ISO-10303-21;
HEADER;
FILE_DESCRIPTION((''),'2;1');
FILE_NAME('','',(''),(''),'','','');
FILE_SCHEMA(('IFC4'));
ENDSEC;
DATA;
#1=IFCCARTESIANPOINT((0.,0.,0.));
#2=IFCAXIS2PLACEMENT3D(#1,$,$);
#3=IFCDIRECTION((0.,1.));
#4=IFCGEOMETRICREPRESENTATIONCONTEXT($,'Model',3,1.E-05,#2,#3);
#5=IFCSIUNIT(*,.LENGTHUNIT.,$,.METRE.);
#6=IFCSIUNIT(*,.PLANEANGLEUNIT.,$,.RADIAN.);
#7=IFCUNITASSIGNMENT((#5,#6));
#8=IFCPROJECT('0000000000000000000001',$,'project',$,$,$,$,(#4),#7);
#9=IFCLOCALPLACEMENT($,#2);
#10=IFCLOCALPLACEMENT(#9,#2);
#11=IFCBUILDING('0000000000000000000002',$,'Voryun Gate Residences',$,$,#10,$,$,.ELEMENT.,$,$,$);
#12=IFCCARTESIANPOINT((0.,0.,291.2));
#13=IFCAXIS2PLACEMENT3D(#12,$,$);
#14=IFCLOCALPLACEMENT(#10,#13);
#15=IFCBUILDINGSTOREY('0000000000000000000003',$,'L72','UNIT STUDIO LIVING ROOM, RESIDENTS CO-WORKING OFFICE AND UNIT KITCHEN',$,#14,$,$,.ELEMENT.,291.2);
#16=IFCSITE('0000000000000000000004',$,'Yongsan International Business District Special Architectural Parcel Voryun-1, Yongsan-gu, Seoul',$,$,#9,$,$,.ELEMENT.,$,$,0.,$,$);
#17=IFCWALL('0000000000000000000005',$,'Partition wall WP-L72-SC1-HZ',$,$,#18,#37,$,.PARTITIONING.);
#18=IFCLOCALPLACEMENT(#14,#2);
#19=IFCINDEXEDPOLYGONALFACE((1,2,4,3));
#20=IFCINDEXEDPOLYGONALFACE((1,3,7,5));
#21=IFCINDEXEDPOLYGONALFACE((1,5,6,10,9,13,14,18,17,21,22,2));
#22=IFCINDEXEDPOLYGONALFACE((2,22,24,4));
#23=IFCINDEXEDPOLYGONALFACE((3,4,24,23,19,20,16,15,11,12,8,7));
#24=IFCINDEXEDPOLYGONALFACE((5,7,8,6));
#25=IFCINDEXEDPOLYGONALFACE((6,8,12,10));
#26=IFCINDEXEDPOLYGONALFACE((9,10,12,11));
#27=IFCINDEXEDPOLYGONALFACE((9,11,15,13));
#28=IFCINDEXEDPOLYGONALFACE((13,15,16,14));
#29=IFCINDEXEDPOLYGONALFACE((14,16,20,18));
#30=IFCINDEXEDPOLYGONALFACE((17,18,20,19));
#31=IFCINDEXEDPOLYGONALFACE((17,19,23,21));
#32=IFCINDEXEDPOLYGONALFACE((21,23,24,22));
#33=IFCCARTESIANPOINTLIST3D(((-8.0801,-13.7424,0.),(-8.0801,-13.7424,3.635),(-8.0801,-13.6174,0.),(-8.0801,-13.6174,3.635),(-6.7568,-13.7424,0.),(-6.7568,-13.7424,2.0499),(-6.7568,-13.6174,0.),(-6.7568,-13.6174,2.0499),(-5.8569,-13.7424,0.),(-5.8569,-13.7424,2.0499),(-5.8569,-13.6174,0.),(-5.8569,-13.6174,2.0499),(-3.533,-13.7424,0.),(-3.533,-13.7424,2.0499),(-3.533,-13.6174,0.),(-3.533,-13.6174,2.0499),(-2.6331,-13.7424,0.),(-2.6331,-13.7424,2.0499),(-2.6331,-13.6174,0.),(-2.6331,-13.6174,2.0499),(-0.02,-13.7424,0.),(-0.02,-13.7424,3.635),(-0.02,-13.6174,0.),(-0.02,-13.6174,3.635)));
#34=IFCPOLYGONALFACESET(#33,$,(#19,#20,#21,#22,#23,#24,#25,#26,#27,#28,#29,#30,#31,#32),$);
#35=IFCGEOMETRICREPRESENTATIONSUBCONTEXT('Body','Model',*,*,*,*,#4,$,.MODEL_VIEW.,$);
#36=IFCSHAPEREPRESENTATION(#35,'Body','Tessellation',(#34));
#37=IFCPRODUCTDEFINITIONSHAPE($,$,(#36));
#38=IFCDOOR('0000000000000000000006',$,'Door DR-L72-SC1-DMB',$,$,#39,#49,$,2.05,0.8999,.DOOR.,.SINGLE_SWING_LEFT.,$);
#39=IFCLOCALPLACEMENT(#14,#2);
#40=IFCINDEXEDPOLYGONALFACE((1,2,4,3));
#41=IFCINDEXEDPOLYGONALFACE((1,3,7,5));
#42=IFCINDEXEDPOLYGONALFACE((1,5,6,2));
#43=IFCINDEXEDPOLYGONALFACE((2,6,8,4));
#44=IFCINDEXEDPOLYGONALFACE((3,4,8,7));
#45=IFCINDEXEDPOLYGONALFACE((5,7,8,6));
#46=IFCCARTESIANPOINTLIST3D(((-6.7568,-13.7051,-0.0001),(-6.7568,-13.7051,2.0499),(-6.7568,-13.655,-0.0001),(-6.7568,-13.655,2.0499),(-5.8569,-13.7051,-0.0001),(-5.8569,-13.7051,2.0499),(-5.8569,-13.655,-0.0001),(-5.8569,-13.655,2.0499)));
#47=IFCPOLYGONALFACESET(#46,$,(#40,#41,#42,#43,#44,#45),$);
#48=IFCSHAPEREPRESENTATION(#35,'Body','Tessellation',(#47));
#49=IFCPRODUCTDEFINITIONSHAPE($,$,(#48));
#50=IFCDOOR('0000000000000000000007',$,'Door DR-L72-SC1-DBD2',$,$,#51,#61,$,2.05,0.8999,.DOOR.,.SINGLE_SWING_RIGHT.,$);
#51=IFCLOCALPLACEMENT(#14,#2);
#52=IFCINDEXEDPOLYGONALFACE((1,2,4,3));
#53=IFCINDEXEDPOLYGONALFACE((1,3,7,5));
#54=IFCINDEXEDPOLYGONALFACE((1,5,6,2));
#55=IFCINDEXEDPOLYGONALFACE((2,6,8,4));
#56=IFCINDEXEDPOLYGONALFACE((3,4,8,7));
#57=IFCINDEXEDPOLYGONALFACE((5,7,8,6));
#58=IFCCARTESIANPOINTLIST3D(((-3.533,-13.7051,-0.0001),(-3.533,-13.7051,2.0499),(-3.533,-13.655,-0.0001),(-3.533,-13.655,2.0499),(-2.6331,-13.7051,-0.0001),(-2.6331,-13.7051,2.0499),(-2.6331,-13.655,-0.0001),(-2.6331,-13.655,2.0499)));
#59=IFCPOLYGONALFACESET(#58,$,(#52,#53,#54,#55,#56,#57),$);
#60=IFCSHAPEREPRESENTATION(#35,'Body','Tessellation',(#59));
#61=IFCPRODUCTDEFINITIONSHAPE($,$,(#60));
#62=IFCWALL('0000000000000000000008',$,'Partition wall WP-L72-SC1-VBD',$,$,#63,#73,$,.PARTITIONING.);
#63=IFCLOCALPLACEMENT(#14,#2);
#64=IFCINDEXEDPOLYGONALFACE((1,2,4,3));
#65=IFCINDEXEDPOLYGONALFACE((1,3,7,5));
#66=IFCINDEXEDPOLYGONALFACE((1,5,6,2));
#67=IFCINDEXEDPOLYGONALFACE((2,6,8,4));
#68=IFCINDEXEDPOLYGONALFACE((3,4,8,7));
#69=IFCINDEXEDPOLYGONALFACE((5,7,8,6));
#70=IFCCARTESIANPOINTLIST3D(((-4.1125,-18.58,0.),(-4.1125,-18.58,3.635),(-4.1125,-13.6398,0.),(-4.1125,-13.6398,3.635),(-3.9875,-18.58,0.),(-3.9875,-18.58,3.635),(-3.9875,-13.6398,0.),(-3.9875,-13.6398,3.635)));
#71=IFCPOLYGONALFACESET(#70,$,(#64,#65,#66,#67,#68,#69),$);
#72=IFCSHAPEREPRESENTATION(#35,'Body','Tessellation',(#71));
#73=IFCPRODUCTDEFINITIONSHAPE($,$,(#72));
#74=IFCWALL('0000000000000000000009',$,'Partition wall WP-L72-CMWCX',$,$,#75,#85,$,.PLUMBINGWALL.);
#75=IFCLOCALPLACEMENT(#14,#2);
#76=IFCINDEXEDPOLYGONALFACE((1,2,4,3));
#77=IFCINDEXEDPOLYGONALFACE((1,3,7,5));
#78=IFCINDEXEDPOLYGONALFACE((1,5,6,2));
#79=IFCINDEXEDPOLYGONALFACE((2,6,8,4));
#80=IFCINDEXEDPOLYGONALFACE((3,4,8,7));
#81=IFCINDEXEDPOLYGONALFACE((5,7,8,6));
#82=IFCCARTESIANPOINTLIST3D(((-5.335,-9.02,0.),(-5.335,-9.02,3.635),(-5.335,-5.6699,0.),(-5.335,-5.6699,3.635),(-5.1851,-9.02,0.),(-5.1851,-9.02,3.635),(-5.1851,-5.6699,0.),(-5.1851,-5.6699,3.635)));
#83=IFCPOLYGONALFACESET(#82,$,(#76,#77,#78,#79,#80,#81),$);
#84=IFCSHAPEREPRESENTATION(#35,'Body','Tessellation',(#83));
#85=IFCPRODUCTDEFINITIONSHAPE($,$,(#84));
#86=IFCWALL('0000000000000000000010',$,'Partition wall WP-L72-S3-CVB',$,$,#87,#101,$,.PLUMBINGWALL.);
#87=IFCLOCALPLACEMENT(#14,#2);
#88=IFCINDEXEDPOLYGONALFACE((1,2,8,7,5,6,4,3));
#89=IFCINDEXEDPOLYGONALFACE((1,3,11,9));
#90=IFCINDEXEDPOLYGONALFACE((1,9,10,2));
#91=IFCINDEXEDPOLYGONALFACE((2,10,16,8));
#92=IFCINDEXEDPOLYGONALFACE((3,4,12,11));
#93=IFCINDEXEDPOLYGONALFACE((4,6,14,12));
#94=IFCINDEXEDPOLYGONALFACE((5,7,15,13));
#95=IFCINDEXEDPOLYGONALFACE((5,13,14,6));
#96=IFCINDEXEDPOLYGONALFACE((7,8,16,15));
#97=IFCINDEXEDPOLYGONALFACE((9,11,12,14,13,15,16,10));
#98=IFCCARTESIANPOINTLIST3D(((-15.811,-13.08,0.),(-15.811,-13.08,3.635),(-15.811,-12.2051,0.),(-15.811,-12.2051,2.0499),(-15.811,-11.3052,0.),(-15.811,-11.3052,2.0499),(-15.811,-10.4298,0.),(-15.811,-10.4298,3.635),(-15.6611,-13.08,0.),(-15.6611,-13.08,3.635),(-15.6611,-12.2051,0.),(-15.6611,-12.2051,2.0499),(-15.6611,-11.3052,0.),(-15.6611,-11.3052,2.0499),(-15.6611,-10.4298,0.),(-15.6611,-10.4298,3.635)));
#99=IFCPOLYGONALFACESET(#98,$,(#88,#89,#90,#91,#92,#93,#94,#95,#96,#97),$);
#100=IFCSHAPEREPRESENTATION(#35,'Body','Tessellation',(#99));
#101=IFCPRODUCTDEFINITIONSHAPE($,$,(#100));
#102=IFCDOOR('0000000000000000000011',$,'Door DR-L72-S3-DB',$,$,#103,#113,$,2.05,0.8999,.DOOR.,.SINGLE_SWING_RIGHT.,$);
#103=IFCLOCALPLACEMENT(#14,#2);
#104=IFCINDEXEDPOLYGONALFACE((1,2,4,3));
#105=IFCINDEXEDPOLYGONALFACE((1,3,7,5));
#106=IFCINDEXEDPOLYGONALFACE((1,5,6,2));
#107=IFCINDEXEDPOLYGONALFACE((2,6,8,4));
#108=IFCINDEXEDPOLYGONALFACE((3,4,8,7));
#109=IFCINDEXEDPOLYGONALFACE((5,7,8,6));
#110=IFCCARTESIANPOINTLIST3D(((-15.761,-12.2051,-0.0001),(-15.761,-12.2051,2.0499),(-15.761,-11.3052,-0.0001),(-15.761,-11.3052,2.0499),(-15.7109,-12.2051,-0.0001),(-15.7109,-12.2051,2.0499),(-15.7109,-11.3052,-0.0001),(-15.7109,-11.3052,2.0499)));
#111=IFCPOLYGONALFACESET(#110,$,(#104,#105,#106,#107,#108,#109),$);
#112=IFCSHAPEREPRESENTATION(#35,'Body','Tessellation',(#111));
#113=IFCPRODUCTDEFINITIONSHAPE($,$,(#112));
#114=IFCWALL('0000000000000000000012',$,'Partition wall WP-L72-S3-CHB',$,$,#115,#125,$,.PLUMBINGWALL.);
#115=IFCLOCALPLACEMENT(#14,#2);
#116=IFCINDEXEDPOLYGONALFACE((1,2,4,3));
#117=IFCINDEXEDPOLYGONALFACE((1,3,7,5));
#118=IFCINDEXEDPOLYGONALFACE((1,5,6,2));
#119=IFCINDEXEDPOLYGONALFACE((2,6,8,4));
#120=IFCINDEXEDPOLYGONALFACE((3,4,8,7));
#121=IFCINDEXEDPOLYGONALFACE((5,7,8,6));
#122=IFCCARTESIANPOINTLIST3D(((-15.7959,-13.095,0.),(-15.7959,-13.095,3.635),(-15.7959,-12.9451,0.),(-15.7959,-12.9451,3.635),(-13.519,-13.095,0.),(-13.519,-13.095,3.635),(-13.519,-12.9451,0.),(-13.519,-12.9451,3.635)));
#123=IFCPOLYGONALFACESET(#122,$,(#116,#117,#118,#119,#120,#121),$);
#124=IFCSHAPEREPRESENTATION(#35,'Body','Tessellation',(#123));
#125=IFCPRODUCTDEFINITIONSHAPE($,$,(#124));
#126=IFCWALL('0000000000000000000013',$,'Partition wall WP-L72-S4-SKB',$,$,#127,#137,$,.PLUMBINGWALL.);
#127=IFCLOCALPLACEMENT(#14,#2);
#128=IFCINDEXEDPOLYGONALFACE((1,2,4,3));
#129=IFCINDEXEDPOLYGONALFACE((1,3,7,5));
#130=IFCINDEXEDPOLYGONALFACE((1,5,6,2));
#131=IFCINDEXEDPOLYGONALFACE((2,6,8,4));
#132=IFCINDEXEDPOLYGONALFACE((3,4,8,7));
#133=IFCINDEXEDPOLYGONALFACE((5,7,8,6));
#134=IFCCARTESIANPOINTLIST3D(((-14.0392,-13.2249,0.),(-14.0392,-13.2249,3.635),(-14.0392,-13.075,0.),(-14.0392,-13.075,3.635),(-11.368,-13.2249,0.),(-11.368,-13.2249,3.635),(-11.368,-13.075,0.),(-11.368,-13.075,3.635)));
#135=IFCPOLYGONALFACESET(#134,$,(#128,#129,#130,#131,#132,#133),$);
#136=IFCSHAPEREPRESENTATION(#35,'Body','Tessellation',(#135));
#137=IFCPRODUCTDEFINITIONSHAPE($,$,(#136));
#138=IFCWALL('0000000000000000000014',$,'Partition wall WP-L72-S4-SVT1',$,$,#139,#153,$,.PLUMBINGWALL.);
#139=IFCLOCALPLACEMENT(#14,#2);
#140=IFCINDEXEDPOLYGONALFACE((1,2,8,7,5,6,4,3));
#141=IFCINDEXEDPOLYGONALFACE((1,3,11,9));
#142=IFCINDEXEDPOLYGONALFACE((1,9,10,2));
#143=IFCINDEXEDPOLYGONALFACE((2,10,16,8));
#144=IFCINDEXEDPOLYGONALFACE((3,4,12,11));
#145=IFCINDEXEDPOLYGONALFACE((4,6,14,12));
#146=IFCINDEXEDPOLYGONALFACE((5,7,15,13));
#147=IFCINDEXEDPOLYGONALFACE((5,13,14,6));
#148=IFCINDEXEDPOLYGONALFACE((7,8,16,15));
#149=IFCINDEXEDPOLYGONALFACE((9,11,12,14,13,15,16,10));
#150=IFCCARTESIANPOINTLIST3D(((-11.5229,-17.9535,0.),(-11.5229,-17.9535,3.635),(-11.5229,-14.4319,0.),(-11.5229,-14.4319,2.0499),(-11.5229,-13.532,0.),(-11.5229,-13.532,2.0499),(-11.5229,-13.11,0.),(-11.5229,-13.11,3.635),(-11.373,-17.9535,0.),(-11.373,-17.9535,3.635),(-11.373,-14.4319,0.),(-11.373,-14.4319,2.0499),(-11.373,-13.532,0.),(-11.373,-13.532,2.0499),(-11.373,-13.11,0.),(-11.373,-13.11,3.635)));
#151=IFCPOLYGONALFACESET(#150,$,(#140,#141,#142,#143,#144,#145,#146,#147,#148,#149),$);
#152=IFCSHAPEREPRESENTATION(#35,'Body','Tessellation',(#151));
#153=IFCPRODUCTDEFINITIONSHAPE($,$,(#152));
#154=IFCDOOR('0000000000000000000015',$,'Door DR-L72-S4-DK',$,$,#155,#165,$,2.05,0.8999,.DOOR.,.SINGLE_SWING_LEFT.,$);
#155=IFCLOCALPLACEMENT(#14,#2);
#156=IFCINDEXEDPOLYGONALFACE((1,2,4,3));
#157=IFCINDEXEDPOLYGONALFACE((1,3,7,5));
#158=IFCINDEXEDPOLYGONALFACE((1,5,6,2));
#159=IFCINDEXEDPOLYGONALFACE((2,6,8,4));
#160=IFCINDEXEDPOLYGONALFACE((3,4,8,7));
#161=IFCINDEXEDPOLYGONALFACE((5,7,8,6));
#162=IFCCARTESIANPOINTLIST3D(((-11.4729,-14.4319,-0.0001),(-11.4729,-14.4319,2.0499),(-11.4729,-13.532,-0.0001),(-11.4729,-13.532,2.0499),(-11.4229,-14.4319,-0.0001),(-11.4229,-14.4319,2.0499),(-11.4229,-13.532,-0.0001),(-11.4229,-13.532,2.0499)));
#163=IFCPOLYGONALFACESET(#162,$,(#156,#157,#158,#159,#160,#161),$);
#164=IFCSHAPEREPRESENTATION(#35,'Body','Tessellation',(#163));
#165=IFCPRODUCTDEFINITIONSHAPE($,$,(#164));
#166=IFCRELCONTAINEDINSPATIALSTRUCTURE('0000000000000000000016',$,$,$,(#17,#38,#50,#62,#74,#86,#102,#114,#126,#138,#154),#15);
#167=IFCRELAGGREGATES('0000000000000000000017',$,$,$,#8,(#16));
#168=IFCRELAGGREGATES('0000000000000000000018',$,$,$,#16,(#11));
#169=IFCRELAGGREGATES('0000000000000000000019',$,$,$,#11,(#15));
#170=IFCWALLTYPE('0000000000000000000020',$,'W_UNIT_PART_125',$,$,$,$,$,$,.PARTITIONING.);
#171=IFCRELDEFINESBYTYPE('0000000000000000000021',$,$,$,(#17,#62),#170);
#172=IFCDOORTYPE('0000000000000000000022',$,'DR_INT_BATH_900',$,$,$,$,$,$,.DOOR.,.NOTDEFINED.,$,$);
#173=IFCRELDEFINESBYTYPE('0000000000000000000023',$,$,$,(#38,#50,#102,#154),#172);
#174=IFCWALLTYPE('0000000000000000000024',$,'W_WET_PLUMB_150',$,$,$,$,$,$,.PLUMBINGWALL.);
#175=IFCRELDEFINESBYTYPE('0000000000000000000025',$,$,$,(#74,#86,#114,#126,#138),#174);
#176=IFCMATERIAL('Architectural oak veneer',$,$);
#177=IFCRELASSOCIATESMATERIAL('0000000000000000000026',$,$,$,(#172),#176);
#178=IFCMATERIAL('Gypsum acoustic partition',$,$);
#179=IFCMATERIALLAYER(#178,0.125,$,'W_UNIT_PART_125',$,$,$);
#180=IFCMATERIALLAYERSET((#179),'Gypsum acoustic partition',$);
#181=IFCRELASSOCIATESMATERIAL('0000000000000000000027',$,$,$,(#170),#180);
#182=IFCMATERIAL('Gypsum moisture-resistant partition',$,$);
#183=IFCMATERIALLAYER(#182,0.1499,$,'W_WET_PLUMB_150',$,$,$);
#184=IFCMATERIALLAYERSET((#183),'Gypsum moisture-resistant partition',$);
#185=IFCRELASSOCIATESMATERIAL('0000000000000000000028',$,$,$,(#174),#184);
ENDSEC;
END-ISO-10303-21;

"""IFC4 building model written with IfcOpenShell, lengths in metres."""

from ifc_helpers import new_model, si_unit, direction, frame, frame_2d, origin, place, context, subcontext, project, spatial, rectangle, extrude, material, layer, layer_set, type_object, element, fill, save


model = new_model("IFC4")

# Units and contexts
model_context = context("Model", 3, precision=1e-05, world=origin(), true_north=direction((0.0, 1.0)))
body_context = subcontext(model_context, "Body", "Model", "MODEL_VIEW")
ifc_project = project(units=[si_unit("LENGTHUNIT", "METRE"), si_unit("PLANEANGLEUNIT", "RADIAN")], contexts=[model_context])

# Site, building, storey
site_placement = place(None, origin())
site = spatial("IfcSite", under=ifc_project, at=site_placement, Name="Yongsan International Business District Special Architectural Parcel Voryun-1, Yongsan-gu, Seoul", CompositionType="ELEMENT", RefElevation=0.0)
building_placement = place(site_placement, origin())
building = spatial("IfcBuilding", under=site, at=building_placement, Name="Voryun Gate Residences", CompositionType="ELEMENT")
storey_placement = place(building_placement, frame((0.0, 0.0, 291.2)))
storey = spatial("IfcBuildingStorey", under=building, at=storey_placement, Name="L72", Description="UNIT STUDIO LIVING ROOM, RESIDENTS CO-WORKING OFFICE AND UNIT KITCHEN", CompositionType="ELEMENT", Elevation=291.2)

# Shared definitions
ifc_material_1 = material(Name="Architectural oak veneer")
door_type_1 = type_object("IfcDoorType", Name="DR_INT_BATH_900", OperationType="NOTDEFINED", PredefinedType="DOOR", material=ifc_material_1)

# Shared definitions
ifc_material_2 = material(Name="Gypsum acoustic partition")
ifc_layer_1 = layer(ifc_material_2, 0.125, Name="W_UNIT_PART_125")
ifc_layer_set_1 = layer_set([ifc_layer_1], Name="Gypsum acoustic partition")
wall_type_1 = type_object("IfcWallType", Name="W_UNIT_PART_125", PredefinedType="PARTITIONING", material=ifc_layer_set_1)

# Wall, openings, doors
wall_1_placement = place(storey_placement, frame((-8.0801, -13.6799, 0.0), z_axis=(0.0, 0.0, 1.0), x_axis=(1.0, 0.0, 0.0)))
wall_1 = element("IfcWall", 1, at=wall_1_placement, inside=storey, type_object=wall_type_1, Name="Partition wall WP-L72-SC1-HZ", PredefinedType="PARTITIONING", context=body_context, shape_type="SweptSolid", body=[
    extrude(rectangle(XDim=8.0601, YDim=0.125, at=frame_2d((4.03, 0.0))), origin(), (0.0, 0.0, 1.0), 3.635),
])
opening_1_placement = place(wall_1_placement, frame((1.3232, 0.0, 0.0)))
opening_1 = element("IfcOpeningElement", 2, at=opening_1_placement, cuts=wall_1, PredefinedType="OPENING", context=body_context, shape_type="SweptSolid", body=[
    extrude(rectangle(XDim=0.8999, YDim=2.05, at=frame_2d((0.45, 1.0249))), frame((0.0, 0.0725, 0.0), z_axis=(0.0, -1.0, 0.0), x_axis=(1.0, 0.0, 0.0)), (0.0, 0.0, 1.0), 0.145),
])
opening_2_placement = place(wall_1_placement, frame((4.5471, 0.0, 0.0)))
opening_2 = element("IfcOpeningElement", 3, at=opening_2_placement, cuts=wall_1, PredefinedType="OPENING", context=body_context, shape_type="SweptSolid", body=[
    extrude(rectangle(XDim=0.8999, YDim=2.05, at=frame_2d((0.45, 1.0249))), frame((0.0, 0.0725, 0.0), z_axis=(0.0, -1.0, 0.0), x_axis=(1.0, 0.0, 0.0)), (0.0, 0.0, 1.0), 0.145),
])
door_1_placement = place(opening_1_placement, origin())
door_1 = element("IfcDoor", 4, at=door_1_placement, inside=storey, type_object=door_type_1, Name="Door DR-L72-SC1-DMB", OperationType="SINGLE_SWING_LEFT", OverallHeight=2.05, OverallWidth=0.8999, PredefinedType="DOOR", context=body_context, shape_type="SweptSolid", body=[
    extrude(rectangle(XDim=0.8999, YDim=2.05, at=frame_2d((0.45, 1.0249))), frame((0.0, 0.0249, 0.0), z_axis=(0.0, -1.0, 0.0), x_axis=(1.0, 0.0, 0.0)), (0.0, 0.0, 1.0), 0.05),
])
fill(opening_1, door_1)
door_2_placement = place(opening_2_placement, origin())
door_2 = element("IfcDoor", 5, at=door_2_placement, inside=storey, type_object=door_type_1, Name="Door DR-L72-SC1-DBD2", OperationType="SINGLE_SWING_RIGHT", OverallHeight=2.05, OverallWidth=0.8999, PredefinedType="DOOR", context=body_context, shape_type="SweptSolid", body=[
    extrude(rectangle(XDim=0.8999, YDim=2.05, at=frame_2d((0.45, 1.0249))), frame((0.0, 0.0249, 0.0), z_axis=(0.0, -1.0, 0.0), x_axis=(1.0, 0.0, 0.0)), (0.0, 0.0, 1.0), 0.05),
])
fill(opening_2, door_2)

# Walls
wall_2_placement = place(storey_placement, frame((-4.05, -18.5801, 0.0), z_axis=(0.0, 0.0, 1.0), x_axis=(0.0, 1.0, 0.0)))
element("IfcWall", 6, at=wall_2_placement, inside=storey, type_object=wall_type_1, Name="Partition wall WP-L72-SC1-VBD", PredefinedType="PARTITIONING", context=body_context, shape_type="SweptSolid", body=[
    extrude(rectangle(XDim=4.9402, YDim=0.125, at=frame_2d((2.4702, 0.0))), origin(), (0.0, 0.0, 1.0), 3.635),
])
ifc_material_3 = material(Name="Gypsum moisture-resistant partition")
ifc_layer_2 = layer(ifc_material_3, 0.1499, Name="W_WET_PLUMB_150")
ifc_layer_set_2 = layer_set([ifc_layer_2], Name="Gypsum moisture-resistant partition")
wall_type_2 = type_object("IfcWallType", Name="W_WET_PLUMB_150", PredefinedType="PLUMBINGWALL", material=ifc_layer_set_2)
wall_3_placement = place(storey_placement, frame((-5.26, -9.02, 0.0), z_axis=(0.0, 0.0, 1.0), x_axis=(0.0, 1.0, 0.0)))
element("IfcWall", 7, at=wall_3_placement, inside=storey, type_object=wall_type_2, Name="Partition wall WP-L72-CMWCX", PredefinedType="PLUMBINGWALL", context=body_context, shape_type="SweptSolid", body=[
    extrude(rectangle(XDim=3.3501, YDim=0.1499, at=frame_2d((1.675, 0.0))), origin(), (0.0, 0.0, 1.0), 3.635),
])

# Wall, opening, door
wall_4_placement = place(storey_placement, frame((-15.7361, -13.0801, 0.0), z_axis=(0.0, 0.0, 1.0), x_axis=(0.0, 1.0, 0.0)))
wall_4 = element("IfcWall", 8, at=wall_4_placement, inside=storey, type_object=wall_type_2, Name="Partition wall WP-L72-S3-CVB", PredefinedType="PLUMBINGWALL", context=body_context, shape_type="SweptSolid", body=[
    extrude(rectangle(XDim=2.6501, YDim=0.1499, at=frame_2d((1.3252, 0.0))), origin(), (0.0, 0.0, 1.0), 3.635),
])
opening_3_placement = place(wall_4_placement, frame((0.875, 0.0, 0.0)))
opening_3 = element("IfcOpeningElement", 9, at=opening_3_placement, cuts=wall_4, PredefinedType="OPENING", context=body_context, shape_type="SweptSolid", body=[
    extrude(rectangle(XDim=0.8999, YDim=2.05, at=frame_2d((0.45, 1.0249))), frame((0.0, 0.085, 0.0), z_axis=(0.0, -1.0, 0.0), x_axis=(1.0, 0.0, 0.0)), (0.0, 0.0, 1.0), 0.1699),
])
door_3_placement = place(opening_3_placement, origin())
door_3 = element("IfcDoor", 10, at=door_3_placement, inside=storey, type_object=door_type_1, Name="Door DR-L72-S3-DB", OperationType="SINGLE_SWING_RIGHT", OverallHeight=2.05, OverallWidth=0.8999, PredefinedType="DOOR", context=body_context, shape_type="SweptSolid", body=[
    extrude(rectangle(XDim=0.8999, YDim=2.05, at=frame_2d((0.45, 1.0249))), frame((0.0, 0.0249, 0.0), z_axis=(0.0, -1.0, 0.0), x_axis=(1.0, 0.0, 0.0)), (0.0, 0.0, 1.0), 0.05),
])
fill(opening_3, door_3)

# Walls
wall_5_placement = place(storey_placement, frame((-15.7959, -13.02, 0.0), z_axis=(0.0, 0.0, 1.0), x_axis=(1.0, 0.0, 0.0)))
element("IfcWall", 11, at=wall_5_placement, inside=storey, type_object=wall_type_2, Name="Partition wall WP-L72-S3-CHB", PredefinedType="PLUMBINGWALL", context=body_context, shape_type="SweptSolid", body=[
    extrude(rectangle(XDim=2.2769, YDim=0.1499, at=frame_2d((1.1384, 0.0))), origin(), (0.0, 0.0, 1.0), 3.635),
])
wall_6_placement = place(storey_placement, frame((-14.0391, -13.1499, 0.0), z_axis=(0.0, 0.0, 1.0), x_axis=(1.0, 0.0, 0.0)))
element("IfcWall", 12, at=wall_6_placement, inside=storey, type_object=wall_type_2, Name="Partition wall WP-L72-S4-SKB", PredefinedType="PLUMBINGWALL", context=body_context, shape_type="SweptSolid", body=[
    extrude(rectangle(XDim=2.6711, YDim=0.1499, at=frame_2d((1.3354, 0.0))), origin(), (0.0, 0.0, 1.0), 3.635),
])

# Wall, opening, door
wall_7_placement = place(storey_placement, frame((-11.448, -17.9536, 0.0), z_axis=(0.0, 0.0, 1.0), x_axis=(0.0, 1.0, 0.0)))
wall_7 = element("IfcWall", 13, at=wall_7_placement, inside=storey, type_object=wall_type_2, Name="Partition wall WP-L72-S4-SVT1", PredefinedType="PLUMBINGWALL", context=body_context, shape_type="SweptSolid", body=[
    extrude(rectangle(XDim=4.8435, YDim=0.1499, at=frame_2d((2.4219, 0.0))), origin(), (0.0, 0.0, 1.0), 3.635),
])
opening_4_placement = place(wall_7_placement, frame((3.5217, 0.0, 0.0)))
opening_4 = element("IfcOpeningElement", 14, at=opening_4_placement, cuts=wall_7, PredefinedType="OPENING", context=body_context, shape_type="SweptSolid", body=[
    extrude(rectangle(XDim=0.8999, YDim=2.05, at=frame_2d((0.45, 1.0249))), frame((0.0, 0.085, 0.0), z_axis=(0.0, -1.0, 0.0), x_axis=(1.0, 0.0, 0.0)), (0.0, 0.0, 1.0), 0.1699),
])
door_4_placement = place(opening_4_placement, origin())
door_4 = element("IfcDoor", 15, at=door_4_placement, inside=storey, type_object=door_type_1, Name="Door DR-L72-S4-DK", OperationType="SINGLE_SWING_LEFT", OverallHeight=2.05, OverallWidth=0.8999, PredefinedType="DOOR", context=body_context, shape_type="SweptSolid", body=[
    extrude(rectangle(XDim=0.8999, YDim=2.05, at=frame_2d((0.45, 1.0249))), frame((0.0, 0.0249, 0.0), z_axis=(0.0, -1.0, 0.0), x_axis=(1.0, 0.0, 0.0)), (0.0, 0.0, 1.0), 0.05),
])
fill(opening_4, door_4)

save(model, "model.ifc")
